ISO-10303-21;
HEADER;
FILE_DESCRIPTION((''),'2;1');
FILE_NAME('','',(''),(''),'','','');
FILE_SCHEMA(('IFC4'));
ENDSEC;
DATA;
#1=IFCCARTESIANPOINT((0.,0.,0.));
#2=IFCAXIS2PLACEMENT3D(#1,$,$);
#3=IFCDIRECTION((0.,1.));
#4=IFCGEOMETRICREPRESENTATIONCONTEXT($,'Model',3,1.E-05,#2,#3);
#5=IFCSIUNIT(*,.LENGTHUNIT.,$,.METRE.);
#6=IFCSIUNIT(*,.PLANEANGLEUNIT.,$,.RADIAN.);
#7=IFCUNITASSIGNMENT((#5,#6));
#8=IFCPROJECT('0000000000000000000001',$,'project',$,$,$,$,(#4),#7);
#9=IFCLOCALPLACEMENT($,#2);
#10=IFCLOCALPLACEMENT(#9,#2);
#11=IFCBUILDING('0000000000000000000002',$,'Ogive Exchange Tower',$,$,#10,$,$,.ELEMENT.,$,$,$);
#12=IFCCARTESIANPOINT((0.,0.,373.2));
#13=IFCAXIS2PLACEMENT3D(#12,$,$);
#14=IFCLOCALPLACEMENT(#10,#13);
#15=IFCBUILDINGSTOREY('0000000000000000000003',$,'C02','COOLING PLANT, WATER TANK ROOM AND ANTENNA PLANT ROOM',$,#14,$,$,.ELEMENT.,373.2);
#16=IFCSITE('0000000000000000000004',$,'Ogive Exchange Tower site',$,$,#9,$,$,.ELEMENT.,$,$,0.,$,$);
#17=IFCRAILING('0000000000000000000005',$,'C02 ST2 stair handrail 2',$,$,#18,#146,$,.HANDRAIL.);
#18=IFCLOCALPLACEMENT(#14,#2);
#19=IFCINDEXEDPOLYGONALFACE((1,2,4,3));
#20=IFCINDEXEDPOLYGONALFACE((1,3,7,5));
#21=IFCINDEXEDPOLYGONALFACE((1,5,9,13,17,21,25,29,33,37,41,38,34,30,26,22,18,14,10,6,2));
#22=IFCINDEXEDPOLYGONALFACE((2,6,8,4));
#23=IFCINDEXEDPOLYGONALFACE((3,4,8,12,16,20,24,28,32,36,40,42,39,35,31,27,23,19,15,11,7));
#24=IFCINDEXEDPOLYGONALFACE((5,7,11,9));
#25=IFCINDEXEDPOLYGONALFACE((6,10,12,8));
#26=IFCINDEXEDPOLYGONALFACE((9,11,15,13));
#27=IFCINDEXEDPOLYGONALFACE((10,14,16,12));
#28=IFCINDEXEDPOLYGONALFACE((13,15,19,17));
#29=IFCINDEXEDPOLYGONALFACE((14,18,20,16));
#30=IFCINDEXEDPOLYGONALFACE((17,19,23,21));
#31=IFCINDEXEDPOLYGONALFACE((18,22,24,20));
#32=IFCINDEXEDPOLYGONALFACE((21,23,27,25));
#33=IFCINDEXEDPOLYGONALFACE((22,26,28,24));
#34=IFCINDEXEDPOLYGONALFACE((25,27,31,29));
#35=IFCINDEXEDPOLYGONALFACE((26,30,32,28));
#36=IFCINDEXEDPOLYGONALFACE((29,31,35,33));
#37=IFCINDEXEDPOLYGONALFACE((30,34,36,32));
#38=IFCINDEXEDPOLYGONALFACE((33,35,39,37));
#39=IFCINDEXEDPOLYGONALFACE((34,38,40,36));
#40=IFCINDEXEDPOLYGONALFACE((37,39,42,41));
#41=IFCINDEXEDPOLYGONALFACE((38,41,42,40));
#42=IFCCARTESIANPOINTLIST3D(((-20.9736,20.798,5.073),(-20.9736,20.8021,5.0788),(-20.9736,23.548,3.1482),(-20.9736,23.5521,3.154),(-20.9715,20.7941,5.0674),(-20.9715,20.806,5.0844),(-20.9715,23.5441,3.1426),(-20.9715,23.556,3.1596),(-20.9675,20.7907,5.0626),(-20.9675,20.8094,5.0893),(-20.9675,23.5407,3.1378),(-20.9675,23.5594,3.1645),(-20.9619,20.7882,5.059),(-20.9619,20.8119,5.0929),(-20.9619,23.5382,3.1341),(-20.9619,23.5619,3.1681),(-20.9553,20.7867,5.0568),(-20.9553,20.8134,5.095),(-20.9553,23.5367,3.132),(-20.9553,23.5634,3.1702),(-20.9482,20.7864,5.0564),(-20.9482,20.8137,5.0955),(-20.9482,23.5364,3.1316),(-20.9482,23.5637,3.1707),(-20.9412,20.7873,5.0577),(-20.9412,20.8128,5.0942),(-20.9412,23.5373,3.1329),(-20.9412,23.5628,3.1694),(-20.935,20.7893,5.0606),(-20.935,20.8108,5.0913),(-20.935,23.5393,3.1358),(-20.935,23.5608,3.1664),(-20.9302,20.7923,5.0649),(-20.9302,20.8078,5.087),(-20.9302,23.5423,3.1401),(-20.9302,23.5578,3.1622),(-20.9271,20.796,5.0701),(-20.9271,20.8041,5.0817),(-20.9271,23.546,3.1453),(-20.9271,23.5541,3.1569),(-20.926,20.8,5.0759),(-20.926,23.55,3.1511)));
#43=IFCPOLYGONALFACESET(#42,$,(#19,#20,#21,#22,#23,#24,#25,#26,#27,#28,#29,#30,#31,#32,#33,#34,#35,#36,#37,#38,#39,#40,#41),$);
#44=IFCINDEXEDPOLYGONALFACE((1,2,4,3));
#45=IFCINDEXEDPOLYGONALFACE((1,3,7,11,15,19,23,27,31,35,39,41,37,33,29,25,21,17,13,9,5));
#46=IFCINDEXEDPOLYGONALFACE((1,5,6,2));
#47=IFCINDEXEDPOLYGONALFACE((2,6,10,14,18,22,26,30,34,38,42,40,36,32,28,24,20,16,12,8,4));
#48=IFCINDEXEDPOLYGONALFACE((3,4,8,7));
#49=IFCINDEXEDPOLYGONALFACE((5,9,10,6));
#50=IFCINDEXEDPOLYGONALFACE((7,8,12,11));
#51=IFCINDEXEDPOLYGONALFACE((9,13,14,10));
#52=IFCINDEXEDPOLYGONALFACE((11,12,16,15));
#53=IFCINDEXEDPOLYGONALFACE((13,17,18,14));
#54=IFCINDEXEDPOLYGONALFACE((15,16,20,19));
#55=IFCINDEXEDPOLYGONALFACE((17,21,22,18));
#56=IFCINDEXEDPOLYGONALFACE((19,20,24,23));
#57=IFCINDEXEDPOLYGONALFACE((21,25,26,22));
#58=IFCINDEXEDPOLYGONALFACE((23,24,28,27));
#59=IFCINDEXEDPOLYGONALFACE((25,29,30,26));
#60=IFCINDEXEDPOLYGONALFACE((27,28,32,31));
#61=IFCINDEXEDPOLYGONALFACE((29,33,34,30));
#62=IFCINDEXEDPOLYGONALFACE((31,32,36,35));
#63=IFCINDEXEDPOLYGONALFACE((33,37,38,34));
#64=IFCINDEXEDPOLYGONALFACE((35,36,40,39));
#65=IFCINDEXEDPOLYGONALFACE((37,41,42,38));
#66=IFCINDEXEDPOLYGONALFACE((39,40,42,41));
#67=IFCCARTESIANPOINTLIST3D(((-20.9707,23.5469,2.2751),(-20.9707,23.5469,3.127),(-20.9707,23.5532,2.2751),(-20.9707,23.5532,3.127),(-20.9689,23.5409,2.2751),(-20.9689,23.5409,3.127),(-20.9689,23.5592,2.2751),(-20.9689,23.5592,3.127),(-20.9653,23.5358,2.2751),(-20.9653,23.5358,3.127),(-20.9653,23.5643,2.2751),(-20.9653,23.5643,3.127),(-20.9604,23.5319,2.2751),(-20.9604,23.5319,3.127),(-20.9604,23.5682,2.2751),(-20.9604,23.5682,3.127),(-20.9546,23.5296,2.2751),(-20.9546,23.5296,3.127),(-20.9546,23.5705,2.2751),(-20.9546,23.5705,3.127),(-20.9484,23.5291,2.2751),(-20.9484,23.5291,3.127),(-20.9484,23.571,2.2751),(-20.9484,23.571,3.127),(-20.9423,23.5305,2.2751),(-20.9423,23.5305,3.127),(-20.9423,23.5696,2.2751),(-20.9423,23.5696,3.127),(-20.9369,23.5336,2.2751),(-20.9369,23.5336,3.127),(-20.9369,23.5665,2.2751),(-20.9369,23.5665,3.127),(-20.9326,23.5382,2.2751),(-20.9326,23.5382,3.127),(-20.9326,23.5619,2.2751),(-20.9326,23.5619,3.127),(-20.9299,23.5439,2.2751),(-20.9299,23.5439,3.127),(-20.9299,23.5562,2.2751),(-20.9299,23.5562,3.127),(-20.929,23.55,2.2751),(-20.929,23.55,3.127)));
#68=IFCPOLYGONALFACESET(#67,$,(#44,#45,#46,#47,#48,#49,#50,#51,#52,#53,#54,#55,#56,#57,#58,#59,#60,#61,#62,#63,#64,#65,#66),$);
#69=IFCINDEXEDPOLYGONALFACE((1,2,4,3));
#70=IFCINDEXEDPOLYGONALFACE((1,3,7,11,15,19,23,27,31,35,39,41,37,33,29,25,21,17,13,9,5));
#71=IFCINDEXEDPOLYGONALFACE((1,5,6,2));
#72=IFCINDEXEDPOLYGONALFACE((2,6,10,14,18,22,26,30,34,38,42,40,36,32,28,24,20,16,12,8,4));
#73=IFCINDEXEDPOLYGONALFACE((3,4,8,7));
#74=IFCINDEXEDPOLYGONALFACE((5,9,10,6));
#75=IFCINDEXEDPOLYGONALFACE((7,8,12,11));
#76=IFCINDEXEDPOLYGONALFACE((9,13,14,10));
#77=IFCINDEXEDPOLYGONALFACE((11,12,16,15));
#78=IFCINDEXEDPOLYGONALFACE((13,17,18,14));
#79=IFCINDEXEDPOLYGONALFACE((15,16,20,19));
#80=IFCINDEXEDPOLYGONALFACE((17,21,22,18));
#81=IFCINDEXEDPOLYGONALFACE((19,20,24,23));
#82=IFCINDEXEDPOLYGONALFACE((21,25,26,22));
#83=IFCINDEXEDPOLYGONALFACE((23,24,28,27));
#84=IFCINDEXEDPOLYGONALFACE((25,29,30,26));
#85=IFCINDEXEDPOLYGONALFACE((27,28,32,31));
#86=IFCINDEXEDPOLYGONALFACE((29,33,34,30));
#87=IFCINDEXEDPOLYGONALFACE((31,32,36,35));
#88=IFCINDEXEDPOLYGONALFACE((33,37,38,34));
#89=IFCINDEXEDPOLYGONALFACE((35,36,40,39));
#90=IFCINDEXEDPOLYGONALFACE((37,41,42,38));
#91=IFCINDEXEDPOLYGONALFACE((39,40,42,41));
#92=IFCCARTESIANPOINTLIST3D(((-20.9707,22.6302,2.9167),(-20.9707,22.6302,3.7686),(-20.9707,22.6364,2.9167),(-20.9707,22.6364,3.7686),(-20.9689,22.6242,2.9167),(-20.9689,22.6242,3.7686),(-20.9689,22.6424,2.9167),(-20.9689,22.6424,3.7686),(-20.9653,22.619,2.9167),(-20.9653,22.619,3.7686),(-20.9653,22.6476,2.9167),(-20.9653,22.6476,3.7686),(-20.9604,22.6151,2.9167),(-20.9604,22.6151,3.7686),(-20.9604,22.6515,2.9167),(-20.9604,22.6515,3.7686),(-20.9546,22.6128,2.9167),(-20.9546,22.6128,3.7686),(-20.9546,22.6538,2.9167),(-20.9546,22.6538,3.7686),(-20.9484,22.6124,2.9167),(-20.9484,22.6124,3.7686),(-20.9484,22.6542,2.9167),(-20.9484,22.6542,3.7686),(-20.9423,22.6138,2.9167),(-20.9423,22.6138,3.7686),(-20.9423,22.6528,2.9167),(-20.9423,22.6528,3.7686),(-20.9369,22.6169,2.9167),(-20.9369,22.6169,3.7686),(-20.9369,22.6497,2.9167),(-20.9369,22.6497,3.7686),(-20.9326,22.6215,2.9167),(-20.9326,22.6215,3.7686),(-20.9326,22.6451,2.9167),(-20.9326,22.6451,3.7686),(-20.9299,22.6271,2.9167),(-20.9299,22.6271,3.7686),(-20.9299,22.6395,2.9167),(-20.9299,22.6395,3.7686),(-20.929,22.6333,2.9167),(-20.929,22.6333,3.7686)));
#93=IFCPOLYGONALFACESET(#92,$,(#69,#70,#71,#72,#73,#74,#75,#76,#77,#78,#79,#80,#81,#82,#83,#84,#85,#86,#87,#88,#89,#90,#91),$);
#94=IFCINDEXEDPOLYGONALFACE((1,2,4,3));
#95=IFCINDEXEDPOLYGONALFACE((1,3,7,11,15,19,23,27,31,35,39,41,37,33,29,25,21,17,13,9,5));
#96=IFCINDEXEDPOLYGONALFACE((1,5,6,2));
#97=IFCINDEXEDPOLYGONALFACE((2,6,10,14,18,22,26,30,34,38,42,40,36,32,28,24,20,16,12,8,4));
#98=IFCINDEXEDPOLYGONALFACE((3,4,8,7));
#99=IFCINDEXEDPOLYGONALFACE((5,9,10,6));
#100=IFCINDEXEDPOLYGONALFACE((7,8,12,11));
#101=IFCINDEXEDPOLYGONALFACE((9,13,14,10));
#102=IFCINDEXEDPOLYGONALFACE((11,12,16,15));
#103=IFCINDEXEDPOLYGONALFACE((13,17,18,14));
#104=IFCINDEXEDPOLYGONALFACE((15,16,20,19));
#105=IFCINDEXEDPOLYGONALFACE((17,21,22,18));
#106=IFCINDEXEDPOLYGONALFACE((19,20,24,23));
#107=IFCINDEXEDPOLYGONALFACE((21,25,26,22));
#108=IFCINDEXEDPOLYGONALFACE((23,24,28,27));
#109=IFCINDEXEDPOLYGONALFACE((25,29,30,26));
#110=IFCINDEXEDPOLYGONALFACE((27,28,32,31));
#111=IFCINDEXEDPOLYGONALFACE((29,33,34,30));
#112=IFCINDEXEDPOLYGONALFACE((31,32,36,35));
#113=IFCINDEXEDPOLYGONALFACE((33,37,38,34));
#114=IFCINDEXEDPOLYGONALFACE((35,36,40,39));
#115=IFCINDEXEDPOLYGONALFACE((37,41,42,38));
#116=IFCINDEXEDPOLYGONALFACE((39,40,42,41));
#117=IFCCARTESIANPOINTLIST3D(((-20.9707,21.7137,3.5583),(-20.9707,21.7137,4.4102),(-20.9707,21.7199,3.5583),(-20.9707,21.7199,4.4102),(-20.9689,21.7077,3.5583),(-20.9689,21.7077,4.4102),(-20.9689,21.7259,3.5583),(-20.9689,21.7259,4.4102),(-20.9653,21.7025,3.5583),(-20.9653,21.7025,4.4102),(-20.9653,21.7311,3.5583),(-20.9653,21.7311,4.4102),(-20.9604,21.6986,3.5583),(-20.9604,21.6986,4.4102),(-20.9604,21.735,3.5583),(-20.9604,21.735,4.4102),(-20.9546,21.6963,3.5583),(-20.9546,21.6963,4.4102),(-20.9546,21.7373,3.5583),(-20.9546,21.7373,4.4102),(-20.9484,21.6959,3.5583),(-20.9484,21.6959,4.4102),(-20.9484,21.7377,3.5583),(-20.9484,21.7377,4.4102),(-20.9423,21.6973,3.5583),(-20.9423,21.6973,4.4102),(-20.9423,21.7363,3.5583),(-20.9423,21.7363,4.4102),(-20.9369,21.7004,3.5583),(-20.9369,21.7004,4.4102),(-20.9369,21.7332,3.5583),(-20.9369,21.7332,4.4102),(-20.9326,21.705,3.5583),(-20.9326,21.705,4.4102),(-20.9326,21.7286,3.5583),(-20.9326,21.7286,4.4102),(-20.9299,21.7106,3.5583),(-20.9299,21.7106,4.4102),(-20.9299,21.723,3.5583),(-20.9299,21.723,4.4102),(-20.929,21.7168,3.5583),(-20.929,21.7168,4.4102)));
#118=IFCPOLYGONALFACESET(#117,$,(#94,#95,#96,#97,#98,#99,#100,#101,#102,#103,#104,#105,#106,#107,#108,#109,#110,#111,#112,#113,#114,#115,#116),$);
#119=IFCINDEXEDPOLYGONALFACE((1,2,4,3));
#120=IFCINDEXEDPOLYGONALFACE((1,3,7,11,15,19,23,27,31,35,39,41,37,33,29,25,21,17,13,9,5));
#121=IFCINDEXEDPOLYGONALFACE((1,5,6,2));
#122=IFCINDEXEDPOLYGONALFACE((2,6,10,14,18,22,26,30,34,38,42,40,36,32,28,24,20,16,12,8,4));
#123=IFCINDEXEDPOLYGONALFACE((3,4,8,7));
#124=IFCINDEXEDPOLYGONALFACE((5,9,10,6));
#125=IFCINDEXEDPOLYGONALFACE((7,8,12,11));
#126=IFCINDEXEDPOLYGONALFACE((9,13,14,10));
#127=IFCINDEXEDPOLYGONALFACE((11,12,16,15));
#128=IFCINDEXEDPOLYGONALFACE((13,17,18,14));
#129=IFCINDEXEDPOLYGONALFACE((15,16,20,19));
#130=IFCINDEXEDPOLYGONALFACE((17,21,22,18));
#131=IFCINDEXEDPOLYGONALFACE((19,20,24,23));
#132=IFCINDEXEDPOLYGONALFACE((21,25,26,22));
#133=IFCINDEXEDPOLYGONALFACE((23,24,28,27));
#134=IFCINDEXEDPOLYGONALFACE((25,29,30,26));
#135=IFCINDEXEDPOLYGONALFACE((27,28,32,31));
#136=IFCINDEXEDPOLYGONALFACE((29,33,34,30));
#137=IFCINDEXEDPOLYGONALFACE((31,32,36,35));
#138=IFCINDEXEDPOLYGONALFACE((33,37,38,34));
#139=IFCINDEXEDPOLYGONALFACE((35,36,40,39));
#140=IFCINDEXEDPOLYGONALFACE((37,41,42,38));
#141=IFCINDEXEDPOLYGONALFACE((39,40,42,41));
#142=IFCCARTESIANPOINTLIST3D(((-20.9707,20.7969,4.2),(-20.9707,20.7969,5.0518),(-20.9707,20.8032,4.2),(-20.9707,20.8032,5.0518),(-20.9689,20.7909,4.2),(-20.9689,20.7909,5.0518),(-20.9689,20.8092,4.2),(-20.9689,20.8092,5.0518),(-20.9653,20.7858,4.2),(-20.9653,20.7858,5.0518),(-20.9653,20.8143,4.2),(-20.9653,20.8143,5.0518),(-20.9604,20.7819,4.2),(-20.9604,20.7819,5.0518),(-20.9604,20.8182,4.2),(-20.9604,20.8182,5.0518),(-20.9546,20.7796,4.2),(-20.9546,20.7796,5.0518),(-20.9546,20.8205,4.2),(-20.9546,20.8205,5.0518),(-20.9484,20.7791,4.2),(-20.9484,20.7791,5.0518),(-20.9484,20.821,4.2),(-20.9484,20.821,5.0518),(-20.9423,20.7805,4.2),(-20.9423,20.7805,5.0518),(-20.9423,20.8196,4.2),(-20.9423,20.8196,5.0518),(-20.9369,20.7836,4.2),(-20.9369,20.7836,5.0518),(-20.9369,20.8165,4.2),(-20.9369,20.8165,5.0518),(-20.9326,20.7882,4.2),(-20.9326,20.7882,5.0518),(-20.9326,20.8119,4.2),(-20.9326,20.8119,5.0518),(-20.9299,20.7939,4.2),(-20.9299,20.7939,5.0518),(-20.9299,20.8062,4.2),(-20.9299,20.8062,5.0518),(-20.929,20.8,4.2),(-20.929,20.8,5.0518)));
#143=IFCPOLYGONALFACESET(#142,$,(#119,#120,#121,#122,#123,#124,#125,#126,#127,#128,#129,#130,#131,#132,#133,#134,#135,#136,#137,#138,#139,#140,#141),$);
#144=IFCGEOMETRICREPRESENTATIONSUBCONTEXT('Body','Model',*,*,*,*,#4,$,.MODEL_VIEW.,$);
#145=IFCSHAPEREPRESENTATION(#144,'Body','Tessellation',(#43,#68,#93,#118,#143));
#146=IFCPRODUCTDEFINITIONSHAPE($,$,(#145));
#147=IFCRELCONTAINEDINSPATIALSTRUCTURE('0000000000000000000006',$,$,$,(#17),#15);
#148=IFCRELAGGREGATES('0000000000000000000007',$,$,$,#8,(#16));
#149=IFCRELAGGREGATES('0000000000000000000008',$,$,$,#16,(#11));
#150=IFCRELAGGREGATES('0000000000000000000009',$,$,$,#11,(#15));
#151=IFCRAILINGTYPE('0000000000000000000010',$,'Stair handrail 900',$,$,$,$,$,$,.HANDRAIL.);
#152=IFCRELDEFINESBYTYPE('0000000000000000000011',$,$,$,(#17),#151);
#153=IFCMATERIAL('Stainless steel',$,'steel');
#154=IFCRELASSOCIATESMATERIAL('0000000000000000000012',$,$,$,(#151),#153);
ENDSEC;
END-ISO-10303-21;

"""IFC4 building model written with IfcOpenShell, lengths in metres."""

from ifc_helpers import new_model, si_unit, direction, frame, origin, origin_2d, place, context, subcontext, project, spatial, circle, extrude, material, type_object, element, save


model = new_model("IFC4")

# Units and contexts
model_context = context("Model", 3, precision=1e-05, world=origin(), true_north=direction((0.0, 1.0)))
body_context = subcontext(model_context, "Body", "Model", "MODEL_VIEW")
ifc_project = project(units=[si_unit("LENGTHUNIT", "METRE"), si_unit("PLANEANGLEUNIT", "RADIAN")], contexts=[model_context])

# Site, building, storey
site_placement = place(None, origin())
site = spatial("IfcSite", under=ifc_project, at=site_placement, Name="Ogive Exchange Tower site", CompositionType="ELEMENT", RefElevation=0.0)
building_placement = place(site_placement, origin())
building = spatial("IfcBuilding", under=site, at=building_placement, Name="Ogive Exchange Tower", CompositionType="ELEMENT")
storey_placement = place(building_placement, frame((0.0, 0.0, 373.2)))
storey = spatial("IfcBuildingStorey", under=building, at=storey_placement, Name="C02", Description="COOLING PLANT, WATER TANK ROOM AND ANTENNA PLANT ROOM", CompositionType="ELEMENT", Elevation=373.2)

# Railing
ifc_material_1 = material(Name="Stainless steel", Category="steel")
railing_type = type_object("IfcRailingType", Name="Stair handrail 900", PredefinedType="HANDRAIL", material=ifc_material_1)
railing_placement = place(storey_placement, frame((-20.95, 23.55, 2.2751)))
element("IfcRailing", 1, at=railing_placement, inside=storey, type_object=railing_type, Name="C02 ST2 stair handrail 2", PredefinedType="HANDRAIL", context=body_context, shape_type="SweptSolid", body=[
    extrude(circle(Radius=0.0239, at=origin_2d()), frame((0.0, 0.0, 0.876), z_axis=(0.0, -0.819259, 0.573423), x_axis=(1.0, 0.0, 0.0)), (0.0, 0.0, 1.0), 3.3567),
    extrude(circle(Radius=0.021, at=origin_2d()), origin(), (0.0, 0.0, 1.0), 0.8518),
    extrude(circle(Radius=0.021, at=origin_2d()), frame((0.0, -0.9167, 0.6416)), (0.0, 0.0, 1.0), 0.8518),
    extrude(circle(Radius=0.021, at=origin_2d()), frame((0.0, -1.8333, 1.2832)), (0.0, 0.0, 1.0), 0.8518),
    extrude(circle(Radius=0.021, at=origin_2d()), frame((0.0, -2.75, 1.9248)), (0.0, 0.0, 1.0), 0.8518),
])

save(model, "model.ifc")
